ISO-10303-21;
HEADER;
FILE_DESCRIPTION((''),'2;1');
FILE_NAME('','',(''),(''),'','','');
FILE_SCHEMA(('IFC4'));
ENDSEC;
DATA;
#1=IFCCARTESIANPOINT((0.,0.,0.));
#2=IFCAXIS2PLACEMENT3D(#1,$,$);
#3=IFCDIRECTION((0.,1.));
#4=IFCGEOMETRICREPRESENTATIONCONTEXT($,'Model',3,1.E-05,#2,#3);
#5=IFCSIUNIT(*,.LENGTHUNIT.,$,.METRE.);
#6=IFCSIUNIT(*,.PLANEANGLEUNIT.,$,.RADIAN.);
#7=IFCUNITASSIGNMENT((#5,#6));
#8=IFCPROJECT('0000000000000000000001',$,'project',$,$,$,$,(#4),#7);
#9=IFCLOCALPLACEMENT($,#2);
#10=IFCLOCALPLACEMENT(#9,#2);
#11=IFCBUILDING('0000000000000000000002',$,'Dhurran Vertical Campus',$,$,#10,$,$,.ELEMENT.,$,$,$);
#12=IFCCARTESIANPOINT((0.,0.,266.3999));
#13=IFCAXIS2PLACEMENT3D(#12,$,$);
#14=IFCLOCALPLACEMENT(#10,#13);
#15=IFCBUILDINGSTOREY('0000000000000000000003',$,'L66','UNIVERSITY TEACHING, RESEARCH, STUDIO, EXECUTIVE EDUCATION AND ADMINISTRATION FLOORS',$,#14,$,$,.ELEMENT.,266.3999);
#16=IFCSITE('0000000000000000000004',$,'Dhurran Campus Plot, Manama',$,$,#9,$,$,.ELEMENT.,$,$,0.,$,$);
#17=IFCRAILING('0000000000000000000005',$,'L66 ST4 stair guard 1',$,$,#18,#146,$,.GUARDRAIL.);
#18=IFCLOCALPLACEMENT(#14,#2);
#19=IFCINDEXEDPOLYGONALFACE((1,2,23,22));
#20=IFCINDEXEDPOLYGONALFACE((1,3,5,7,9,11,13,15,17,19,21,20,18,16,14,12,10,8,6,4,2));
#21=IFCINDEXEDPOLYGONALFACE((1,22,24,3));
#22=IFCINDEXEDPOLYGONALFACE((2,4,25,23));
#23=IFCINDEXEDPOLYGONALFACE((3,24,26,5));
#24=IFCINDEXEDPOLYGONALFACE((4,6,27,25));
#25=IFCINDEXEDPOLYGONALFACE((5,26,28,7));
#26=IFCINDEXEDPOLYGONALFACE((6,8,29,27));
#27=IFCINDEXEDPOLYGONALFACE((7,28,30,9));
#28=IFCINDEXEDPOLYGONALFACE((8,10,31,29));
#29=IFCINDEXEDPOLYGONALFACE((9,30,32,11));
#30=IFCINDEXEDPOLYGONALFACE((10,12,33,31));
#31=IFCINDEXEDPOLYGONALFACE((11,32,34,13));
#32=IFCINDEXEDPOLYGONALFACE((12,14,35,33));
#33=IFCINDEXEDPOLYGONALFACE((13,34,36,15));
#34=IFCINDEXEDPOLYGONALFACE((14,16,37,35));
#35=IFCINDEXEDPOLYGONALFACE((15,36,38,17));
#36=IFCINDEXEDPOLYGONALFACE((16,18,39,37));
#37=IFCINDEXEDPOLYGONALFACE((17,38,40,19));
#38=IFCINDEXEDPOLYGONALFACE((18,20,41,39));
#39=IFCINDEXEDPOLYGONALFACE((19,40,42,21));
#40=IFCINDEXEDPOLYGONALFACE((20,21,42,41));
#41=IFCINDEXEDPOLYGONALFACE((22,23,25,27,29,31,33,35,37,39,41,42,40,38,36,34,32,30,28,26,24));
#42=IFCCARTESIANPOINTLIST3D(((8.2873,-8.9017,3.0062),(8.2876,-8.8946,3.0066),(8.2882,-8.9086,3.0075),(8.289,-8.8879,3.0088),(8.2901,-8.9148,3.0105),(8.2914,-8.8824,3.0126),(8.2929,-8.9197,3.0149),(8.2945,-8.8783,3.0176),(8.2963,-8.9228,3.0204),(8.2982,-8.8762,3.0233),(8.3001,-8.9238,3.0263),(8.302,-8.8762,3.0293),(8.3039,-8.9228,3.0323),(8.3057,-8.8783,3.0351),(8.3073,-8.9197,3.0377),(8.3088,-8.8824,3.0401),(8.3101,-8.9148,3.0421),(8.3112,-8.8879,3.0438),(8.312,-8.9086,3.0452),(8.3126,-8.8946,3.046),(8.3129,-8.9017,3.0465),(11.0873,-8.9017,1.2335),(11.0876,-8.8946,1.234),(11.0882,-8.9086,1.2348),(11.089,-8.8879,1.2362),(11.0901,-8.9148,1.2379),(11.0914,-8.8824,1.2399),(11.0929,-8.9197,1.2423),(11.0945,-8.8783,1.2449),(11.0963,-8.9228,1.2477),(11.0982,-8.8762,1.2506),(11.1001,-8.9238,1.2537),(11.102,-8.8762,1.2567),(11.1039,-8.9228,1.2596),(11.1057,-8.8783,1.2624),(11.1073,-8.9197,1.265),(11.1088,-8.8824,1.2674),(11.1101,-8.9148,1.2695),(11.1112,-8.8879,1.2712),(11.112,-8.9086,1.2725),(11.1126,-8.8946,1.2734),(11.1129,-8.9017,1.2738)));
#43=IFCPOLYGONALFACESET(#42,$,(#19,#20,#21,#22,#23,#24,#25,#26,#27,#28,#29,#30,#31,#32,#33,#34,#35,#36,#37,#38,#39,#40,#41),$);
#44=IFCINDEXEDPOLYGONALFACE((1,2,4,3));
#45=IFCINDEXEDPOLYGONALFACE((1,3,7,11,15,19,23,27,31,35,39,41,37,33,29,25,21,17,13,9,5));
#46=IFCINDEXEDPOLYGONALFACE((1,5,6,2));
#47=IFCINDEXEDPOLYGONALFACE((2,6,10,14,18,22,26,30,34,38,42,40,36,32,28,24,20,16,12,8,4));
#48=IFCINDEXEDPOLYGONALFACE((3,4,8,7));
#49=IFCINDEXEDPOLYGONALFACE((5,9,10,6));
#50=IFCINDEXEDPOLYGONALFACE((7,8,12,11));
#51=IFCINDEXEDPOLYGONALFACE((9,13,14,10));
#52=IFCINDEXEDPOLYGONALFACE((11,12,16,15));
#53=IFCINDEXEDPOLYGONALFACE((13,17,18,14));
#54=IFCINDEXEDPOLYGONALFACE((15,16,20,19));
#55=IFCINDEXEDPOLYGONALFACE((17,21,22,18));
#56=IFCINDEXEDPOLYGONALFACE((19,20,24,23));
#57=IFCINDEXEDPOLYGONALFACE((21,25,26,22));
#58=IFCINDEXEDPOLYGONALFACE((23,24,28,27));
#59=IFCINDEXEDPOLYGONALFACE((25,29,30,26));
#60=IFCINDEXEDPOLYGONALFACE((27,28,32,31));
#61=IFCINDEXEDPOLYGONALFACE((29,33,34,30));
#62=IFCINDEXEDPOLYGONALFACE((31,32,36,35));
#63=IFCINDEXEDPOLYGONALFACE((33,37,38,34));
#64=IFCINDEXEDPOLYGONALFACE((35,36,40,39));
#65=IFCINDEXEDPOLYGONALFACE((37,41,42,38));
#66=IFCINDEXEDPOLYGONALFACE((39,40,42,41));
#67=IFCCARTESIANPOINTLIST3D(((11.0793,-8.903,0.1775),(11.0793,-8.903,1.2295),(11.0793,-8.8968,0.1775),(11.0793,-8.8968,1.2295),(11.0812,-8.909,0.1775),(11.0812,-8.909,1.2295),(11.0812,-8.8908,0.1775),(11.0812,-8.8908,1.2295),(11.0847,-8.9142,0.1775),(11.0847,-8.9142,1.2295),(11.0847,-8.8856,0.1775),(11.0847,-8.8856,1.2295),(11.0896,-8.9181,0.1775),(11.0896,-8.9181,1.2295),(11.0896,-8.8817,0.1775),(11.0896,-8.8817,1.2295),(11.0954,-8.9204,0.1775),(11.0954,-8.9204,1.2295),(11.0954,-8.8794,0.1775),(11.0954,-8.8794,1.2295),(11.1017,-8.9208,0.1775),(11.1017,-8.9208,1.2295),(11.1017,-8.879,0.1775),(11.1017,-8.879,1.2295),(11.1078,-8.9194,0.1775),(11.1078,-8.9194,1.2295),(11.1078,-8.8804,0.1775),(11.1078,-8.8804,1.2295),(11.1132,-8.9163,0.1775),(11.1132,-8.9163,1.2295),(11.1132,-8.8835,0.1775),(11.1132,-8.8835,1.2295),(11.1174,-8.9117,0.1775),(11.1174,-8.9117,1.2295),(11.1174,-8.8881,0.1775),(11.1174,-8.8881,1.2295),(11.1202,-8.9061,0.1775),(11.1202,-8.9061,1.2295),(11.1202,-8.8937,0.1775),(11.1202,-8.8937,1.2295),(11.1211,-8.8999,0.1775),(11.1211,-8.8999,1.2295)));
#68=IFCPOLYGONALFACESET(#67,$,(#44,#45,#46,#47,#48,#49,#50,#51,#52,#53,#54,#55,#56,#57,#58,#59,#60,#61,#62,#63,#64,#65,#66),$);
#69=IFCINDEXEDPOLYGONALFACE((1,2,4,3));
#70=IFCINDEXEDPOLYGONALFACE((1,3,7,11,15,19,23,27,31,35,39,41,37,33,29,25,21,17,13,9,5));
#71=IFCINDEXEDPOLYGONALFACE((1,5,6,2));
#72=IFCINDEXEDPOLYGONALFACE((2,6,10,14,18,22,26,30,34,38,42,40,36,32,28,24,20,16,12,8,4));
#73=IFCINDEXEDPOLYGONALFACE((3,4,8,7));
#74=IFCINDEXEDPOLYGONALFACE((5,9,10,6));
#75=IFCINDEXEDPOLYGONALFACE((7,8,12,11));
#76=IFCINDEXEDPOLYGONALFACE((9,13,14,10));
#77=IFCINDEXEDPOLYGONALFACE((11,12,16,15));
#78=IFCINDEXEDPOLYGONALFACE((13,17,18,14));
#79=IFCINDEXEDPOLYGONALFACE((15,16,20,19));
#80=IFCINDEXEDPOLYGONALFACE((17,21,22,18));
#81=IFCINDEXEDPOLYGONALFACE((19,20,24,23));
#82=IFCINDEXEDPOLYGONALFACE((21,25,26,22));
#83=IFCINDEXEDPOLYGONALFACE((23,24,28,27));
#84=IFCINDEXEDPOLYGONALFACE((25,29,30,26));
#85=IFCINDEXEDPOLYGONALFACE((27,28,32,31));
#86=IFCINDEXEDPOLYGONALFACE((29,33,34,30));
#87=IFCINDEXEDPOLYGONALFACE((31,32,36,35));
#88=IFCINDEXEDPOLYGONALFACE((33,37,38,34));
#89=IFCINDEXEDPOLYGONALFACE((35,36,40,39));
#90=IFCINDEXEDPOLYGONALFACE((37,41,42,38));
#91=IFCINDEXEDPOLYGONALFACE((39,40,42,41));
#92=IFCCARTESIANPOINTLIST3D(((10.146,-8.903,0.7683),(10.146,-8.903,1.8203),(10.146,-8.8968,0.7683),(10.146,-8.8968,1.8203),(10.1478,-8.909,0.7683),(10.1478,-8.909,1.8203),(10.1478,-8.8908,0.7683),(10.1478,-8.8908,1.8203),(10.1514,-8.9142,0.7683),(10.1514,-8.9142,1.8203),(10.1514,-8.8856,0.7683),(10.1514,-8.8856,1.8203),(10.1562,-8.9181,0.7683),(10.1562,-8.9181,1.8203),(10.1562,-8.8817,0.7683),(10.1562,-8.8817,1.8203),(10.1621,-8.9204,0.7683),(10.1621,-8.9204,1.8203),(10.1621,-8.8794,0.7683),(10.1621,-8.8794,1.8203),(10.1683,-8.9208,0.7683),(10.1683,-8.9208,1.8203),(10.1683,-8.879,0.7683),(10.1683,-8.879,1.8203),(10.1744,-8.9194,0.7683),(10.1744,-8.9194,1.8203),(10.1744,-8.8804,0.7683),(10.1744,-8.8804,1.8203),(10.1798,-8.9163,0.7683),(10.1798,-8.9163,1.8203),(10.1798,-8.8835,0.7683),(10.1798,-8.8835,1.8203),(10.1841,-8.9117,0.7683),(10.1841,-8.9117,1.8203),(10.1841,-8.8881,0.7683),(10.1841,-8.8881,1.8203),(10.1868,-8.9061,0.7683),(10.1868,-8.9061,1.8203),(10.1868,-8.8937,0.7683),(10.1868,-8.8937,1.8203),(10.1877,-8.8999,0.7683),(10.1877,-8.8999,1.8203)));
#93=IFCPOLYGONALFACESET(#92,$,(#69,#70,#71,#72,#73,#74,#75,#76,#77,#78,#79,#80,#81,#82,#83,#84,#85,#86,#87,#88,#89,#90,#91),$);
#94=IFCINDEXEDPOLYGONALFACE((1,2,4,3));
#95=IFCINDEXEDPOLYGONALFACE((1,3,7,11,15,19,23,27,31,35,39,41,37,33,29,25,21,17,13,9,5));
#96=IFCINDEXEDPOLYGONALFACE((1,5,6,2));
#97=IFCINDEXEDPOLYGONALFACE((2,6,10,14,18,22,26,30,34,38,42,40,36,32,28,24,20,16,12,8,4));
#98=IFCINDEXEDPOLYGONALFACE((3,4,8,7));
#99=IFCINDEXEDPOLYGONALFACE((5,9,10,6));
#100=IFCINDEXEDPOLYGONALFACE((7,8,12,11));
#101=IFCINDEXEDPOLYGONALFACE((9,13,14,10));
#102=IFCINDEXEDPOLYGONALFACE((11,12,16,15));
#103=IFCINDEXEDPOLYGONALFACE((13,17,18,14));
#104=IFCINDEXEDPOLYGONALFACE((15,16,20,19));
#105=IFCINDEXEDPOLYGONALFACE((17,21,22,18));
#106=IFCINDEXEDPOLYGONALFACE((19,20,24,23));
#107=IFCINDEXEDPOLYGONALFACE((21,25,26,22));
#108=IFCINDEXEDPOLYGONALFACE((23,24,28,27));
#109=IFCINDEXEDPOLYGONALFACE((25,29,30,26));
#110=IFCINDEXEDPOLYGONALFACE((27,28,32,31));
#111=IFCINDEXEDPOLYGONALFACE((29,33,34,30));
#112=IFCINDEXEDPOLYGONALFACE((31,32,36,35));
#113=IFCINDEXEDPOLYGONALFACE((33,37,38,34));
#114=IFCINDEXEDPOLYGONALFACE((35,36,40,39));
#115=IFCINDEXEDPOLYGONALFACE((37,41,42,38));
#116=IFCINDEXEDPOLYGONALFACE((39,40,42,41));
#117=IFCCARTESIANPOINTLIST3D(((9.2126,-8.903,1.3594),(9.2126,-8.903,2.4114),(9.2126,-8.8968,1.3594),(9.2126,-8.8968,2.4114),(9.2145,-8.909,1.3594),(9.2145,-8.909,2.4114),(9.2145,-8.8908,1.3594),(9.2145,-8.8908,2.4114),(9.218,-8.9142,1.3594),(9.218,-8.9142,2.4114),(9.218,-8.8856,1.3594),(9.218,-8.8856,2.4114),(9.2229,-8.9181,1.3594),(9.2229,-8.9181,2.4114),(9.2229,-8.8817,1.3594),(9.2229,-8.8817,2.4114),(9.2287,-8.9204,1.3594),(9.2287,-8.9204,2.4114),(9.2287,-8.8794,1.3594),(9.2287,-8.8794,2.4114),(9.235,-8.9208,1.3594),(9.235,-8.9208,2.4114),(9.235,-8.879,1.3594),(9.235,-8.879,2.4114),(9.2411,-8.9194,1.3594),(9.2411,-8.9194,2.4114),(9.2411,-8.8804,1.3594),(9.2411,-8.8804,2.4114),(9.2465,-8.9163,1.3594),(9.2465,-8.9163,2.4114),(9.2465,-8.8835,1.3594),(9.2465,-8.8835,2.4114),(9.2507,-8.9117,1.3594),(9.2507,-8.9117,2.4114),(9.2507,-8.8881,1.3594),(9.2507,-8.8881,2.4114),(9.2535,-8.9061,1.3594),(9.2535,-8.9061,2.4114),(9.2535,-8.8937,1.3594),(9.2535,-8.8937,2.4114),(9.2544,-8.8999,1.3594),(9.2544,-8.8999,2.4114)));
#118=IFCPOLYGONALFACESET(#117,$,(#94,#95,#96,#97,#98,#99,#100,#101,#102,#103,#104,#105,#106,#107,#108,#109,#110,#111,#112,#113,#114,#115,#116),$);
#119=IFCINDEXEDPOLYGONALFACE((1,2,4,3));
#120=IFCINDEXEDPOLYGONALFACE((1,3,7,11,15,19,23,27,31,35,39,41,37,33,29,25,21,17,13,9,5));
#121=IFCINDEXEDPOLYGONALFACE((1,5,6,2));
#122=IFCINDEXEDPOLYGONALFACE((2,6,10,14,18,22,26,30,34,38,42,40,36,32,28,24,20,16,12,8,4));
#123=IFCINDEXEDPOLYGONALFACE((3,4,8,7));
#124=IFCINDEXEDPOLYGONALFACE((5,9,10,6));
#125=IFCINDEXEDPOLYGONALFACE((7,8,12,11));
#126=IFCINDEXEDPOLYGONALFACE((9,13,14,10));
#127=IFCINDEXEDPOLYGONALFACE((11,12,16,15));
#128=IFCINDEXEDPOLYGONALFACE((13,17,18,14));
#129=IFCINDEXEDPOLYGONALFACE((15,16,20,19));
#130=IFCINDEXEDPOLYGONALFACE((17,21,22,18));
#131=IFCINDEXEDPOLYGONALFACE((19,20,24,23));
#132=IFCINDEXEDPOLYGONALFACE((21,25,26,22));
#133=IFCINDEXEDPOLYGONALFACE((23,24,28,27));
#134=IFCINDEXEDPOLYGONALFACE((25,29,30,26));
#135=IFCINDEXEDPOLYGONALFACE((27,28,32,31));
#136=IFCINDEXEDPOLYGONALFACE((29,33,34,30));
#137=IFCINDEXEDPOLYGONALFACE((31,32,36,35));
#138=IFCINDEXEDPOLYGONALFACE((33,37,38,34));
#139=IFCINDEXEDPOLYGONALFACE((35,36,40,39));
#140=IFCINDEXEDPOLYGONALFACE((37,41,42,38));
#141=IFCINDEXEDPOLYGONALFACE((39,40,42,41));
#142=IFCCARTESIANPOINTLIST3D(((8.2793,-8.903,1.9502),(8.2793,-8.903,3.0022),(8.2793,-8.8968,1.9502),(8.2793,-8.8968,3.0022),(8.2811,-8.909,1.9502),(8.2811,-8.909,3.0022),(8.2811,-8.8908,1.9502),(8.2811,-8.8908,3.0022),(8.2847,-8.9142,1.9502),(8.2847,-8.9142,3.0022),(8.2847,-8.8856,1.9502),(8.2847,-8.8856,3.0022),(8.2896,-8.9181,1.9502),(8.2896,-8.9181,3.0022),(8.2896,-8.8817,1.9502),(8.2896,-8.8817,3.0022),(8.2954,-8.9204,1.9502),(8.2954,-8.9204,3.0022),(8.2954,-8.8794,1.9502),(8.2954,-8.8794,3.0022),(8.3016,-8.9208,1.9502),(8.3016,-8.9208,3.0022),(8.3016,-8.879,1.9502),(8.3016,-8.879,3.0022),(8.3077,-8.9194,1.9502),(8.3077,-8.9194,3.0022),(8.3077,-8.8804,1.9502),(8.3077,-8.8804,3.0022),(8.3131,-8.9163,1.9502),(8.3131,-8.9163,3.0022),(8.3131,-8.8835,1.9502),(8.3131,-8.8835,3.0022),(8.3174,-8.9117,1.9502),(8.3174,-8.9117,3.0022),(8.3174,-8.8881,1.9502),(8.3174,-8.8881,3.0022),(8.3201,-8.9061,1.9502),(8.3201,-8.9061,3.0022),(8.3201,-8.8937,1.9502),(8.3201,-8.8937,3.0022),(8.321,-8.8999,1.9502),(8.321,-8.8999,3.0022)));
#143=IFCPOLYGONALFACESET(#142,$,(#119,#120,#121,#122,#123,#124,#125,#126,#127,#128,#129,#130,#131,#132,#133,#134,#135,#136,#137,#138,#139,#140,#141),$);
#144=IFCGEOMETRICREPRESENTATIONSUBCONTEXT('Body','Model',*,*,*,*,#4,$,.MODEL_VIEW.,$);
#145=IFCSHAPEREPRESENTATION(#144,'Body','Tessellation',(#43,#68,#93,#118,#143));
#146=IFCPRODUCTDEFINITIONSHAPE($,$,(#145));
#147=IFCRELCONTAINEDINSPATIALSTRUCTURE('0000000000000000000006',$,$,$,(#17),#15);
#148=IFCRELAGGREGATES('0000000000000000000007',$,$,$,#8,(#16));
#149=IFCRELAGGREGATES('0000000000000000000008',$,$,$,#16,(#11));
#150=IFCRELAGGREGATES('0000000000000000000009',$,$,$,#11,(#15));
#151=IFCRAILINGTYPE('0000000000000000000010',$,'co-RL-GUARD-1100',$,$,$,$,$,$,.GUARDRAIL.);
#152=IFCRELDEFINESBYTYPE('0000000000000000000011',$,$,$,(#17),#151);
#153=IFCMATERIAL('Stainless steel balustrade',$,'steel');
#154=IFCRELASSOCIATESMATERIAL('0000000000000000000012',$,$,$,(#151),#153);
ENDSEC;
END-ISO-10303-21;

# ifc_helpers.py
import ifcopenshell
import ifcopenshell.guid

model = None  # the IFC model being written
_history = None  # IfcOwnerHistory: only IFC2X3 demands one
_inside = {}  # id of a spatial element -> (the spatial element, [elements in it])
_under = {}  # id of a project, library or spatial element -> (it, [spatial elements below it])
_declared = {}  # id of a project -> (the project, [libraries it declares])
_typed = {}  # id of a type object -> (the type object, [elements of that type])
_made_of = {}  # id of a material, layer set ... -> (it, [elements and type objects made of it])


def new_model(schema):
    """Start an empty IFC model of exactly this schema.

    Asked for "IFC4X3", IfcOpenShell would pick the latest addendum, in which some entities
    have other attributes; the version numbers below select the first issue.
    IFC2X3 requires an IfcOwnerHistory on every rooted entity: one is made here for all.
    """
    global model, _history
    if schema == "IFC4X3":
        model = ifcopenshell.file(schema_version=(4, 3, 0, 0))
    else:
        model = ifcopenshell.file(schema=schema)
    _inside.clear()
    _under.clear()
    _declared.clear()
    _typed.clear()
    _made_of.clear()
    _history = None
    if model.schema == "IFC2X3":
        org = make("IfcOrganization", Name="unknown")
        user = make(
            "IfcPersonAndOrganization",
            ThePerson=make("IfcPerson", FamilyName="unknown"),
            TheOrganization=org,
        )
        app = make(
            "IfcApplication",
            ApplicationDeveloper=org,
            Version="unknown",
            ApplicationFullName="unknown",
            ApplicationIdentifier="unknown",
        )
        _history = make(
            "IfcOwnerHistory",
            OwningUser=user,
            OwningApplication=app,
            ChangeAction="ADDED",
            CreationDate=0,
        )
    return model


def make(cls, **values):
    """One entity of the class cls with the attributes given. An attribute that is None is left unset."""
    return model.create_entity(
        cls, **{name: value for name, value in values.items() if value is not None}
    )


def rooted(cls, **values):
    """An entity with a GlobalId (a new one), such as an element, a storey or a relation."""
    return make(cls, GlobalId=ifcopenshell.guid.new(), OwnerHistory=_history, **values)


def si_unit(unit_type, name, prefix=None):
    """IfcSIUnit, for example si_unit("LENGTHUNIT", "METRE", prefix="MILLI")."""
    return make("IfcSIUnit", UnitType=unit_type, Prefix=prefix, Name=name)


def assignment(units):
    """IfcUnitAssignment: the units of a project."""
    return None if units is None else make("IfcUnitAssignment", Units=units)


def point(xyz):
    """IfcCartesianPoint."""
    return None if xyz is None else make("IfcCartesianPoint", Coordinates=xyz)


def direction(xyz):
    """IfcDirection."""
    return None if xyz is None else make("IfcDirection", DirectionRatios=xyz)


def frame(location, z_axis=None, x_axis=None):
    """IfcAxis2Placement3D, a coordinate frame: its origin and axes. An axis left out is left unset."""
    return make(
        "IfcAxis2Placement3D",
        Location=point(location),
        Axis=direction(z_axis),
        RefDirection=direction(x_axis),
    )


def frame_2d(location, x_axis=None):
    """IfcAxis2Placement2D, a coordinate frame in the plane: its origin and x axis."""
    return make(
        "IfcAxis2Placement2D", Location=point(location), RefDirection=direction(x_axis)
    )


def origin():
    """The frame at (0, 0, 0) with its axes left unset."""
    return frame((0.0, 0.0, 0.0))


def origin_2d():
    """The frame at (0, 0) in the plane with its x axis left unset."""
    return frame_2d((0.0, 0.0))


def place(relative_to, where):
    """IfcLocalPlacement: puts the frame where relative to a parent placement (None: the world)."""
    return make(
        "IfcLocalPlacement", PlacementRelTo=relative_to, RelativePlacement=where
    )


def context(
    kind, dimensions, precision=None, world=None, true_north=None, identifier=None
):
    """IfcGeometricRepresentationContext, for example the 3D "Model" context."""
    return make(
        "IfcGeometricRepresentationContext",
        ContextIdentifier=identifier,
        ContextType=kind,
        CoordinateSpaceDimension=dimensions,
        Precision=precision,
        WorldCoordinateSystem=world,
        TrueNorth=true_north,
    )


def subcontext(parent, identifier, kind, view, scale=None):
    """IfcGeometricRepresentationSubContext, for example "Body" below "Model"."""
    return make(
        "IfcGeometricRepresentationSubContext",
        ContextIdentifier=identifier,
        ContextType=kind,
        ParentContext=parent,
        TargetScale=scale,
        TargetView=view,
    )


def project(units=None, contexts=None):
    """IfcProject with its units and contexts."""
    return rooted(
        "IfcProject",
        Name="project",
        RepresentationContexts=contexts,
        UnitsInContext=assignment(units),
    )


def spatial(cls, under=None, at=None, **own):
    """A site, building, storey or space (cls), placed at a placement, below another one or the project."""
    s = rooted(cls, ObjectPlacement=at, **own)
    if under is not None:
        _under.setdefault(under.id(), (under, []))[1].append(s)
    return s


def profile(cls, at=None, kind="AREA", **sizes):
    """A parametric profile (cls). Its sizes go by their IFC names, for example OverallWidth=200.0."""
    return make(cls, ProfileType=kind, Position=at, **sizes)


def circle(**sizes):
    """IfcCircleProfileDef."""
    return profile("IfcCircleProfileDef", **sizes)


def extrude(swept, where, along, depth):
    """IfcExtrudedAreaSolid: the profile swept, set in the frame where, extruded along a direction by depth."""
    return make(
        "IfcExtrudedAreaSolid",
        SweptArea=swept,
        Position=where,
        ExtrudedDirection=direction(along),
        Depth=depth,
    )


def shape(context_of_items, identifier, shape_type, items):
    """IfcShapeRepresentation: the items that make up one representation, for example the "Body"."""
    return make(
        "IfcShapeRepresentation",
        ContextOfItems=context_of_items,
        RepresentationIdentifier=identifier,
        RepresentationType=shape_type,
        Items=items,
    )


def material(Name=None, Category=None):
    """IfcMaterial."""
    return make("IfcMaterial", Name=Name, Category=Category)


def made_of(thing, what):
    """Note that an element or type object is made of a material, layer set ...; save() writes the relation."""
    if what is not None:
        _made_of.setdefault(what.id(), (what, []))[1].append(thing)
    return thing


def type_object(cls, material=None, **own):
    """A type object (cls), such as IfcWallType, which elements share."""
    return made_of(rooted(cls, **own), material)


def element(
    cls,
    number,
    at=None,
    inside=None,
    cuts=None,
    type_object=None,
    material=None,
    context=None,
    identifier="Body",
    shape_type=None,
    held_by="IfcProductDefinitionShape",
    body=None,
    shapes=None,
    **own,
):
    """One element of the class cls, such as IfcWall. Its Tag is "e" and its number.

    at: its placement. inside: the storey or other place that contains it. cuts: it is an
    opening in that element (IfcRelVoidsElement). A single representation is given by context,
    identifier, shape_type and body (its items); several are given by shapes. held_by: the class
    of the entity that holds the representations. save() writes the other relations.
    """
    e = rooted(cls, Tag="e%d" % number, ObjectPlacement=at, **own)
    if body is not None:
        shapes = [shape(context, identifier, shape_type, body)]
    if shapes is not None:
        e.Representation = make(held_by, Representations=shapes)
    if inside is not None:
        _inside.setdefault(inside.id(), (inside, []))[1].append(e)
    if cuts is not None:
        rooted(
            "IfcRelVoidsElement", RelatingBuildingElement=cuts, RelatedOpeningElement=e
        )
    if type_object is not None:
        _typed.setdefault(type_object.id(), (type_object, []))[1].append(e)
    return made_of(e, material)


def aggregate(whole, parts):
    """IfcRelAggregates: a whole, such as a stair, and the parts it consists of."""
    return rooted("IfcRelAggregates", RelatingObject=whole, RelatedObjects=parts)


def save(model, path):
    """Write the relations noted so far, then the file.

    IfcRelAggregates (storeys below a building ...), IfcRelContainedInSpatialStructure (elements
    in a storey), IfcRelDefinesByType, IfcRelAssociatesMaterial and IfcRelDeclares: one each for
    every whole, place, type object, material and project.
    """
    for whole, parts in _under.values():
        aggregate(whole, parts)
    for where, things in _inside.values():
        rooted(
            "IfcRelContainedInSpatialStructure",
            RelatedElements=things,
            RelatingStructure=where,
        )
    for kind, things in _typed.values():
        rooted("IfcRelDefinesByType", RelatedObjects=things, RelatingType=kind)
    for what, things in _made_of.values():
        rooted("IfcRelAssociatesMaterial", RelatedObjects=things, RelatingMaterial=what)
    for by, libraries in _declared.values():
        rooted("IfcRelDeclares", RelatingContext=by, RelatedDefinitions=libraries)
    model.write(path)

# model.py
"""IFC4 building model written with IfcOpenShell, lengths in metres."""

from ifc_helpers import new_model, si_unit, direction, frame, origin, origin_2d, place, context, subcontext, project, spatial, circle, extrude, material, type_object, element, save


model = new_model("IFC4")

# Units and contexts
model_context = context("Model", 3, precision=1e-05, world=origin(), true_north=direction((0.0, 1.0)))
body_context = subcontext(model_context, "Body", "Model", "MODEL_VIEW")
ifc_project = project(units=[si_unit("LENGTHUNIT", "METRE"), si_unit("PLANEANGLEUNIT", "RADIAN")], contexts=[model_context])

# Site, building, storey
site_placement = place(None, origin())
site = spatial("IfcSite", under=ifc_project, at=site_placement, Name="Dhurran Campus Plot, Manama", CompositionType="ELEMENT", RefElevation=0.0)
building_placement = place(site_placement, origin())
building = spatial("IfcBuilding", under=site, at=building_placement, Name="Dhurran Vertical Campus", CompositionType="ELEMENT")
storey_placement = place(building_placement, frame((0.0, 0.0, 266.3999)))
storey = spatial("IfcBuildingStorey", under=building, at=storey_placement, Name="L66", Description="UNIVERSITY TEACHING, RESEARCH, STUDIO, EXECUTIVE EDUCATION AND ADMINISTRATION FLOORS", CompositionType="ELEMENT", Elevation=266.3999)

# Railing
ifc_material_1 = material(Name="Stainless steel balustrade", Category="steel")
railing_type_1 = type_object("IfcRailingType", Name="co-RL-GUARD-1100", PredefinedType="GUARDRAIL", material=ifc_material_1)
railing_1_placement = place(storey_placement, frame((11.1001, -8.8999, 0.1775)))
element("IfcRailing", 1, at=railing_1_placement, inside=storey, type_object=railing_type_1, Name="L66 ST4 stair guard 1", PredefinedType="GUARDRAIL", context=body_context, shape_type="SweptSolid", body=[
    extrude(circle(Radius=0.0239, at=origin_2d()), frame((0.0, 0.0, 1.0762), z_axis=(-0.844909, 0.0, 0.53491), x_axis=(0.0, -1.0, 0.0)), (0.0, 0.0, 1.0), 3.314),
    extrude(circle(Radius=0.021, at=origin_2d()), origin(), (0.0, 0.0, 1.0), 1.052),
    extrude(circle(Radius=0.021, at=origin_2d()), frame((-0.9333, 0.0, 0.5908)), (0.0, 0.0, 1.0), 1.052),
    extrude(circle(Radius=0.021, at=origin_2d()), frame((-1.8667, 0.0, 1.1819)), (0.0, 0.0, 1.0), 1.052),
    extrude(circle(Radius=0.021, at=origin_2d()), frame((-2.8, 0.0, 1.7727)), (0.0, 0.0, 1.0), 1.052),
])

save(model, "model.ifc")
